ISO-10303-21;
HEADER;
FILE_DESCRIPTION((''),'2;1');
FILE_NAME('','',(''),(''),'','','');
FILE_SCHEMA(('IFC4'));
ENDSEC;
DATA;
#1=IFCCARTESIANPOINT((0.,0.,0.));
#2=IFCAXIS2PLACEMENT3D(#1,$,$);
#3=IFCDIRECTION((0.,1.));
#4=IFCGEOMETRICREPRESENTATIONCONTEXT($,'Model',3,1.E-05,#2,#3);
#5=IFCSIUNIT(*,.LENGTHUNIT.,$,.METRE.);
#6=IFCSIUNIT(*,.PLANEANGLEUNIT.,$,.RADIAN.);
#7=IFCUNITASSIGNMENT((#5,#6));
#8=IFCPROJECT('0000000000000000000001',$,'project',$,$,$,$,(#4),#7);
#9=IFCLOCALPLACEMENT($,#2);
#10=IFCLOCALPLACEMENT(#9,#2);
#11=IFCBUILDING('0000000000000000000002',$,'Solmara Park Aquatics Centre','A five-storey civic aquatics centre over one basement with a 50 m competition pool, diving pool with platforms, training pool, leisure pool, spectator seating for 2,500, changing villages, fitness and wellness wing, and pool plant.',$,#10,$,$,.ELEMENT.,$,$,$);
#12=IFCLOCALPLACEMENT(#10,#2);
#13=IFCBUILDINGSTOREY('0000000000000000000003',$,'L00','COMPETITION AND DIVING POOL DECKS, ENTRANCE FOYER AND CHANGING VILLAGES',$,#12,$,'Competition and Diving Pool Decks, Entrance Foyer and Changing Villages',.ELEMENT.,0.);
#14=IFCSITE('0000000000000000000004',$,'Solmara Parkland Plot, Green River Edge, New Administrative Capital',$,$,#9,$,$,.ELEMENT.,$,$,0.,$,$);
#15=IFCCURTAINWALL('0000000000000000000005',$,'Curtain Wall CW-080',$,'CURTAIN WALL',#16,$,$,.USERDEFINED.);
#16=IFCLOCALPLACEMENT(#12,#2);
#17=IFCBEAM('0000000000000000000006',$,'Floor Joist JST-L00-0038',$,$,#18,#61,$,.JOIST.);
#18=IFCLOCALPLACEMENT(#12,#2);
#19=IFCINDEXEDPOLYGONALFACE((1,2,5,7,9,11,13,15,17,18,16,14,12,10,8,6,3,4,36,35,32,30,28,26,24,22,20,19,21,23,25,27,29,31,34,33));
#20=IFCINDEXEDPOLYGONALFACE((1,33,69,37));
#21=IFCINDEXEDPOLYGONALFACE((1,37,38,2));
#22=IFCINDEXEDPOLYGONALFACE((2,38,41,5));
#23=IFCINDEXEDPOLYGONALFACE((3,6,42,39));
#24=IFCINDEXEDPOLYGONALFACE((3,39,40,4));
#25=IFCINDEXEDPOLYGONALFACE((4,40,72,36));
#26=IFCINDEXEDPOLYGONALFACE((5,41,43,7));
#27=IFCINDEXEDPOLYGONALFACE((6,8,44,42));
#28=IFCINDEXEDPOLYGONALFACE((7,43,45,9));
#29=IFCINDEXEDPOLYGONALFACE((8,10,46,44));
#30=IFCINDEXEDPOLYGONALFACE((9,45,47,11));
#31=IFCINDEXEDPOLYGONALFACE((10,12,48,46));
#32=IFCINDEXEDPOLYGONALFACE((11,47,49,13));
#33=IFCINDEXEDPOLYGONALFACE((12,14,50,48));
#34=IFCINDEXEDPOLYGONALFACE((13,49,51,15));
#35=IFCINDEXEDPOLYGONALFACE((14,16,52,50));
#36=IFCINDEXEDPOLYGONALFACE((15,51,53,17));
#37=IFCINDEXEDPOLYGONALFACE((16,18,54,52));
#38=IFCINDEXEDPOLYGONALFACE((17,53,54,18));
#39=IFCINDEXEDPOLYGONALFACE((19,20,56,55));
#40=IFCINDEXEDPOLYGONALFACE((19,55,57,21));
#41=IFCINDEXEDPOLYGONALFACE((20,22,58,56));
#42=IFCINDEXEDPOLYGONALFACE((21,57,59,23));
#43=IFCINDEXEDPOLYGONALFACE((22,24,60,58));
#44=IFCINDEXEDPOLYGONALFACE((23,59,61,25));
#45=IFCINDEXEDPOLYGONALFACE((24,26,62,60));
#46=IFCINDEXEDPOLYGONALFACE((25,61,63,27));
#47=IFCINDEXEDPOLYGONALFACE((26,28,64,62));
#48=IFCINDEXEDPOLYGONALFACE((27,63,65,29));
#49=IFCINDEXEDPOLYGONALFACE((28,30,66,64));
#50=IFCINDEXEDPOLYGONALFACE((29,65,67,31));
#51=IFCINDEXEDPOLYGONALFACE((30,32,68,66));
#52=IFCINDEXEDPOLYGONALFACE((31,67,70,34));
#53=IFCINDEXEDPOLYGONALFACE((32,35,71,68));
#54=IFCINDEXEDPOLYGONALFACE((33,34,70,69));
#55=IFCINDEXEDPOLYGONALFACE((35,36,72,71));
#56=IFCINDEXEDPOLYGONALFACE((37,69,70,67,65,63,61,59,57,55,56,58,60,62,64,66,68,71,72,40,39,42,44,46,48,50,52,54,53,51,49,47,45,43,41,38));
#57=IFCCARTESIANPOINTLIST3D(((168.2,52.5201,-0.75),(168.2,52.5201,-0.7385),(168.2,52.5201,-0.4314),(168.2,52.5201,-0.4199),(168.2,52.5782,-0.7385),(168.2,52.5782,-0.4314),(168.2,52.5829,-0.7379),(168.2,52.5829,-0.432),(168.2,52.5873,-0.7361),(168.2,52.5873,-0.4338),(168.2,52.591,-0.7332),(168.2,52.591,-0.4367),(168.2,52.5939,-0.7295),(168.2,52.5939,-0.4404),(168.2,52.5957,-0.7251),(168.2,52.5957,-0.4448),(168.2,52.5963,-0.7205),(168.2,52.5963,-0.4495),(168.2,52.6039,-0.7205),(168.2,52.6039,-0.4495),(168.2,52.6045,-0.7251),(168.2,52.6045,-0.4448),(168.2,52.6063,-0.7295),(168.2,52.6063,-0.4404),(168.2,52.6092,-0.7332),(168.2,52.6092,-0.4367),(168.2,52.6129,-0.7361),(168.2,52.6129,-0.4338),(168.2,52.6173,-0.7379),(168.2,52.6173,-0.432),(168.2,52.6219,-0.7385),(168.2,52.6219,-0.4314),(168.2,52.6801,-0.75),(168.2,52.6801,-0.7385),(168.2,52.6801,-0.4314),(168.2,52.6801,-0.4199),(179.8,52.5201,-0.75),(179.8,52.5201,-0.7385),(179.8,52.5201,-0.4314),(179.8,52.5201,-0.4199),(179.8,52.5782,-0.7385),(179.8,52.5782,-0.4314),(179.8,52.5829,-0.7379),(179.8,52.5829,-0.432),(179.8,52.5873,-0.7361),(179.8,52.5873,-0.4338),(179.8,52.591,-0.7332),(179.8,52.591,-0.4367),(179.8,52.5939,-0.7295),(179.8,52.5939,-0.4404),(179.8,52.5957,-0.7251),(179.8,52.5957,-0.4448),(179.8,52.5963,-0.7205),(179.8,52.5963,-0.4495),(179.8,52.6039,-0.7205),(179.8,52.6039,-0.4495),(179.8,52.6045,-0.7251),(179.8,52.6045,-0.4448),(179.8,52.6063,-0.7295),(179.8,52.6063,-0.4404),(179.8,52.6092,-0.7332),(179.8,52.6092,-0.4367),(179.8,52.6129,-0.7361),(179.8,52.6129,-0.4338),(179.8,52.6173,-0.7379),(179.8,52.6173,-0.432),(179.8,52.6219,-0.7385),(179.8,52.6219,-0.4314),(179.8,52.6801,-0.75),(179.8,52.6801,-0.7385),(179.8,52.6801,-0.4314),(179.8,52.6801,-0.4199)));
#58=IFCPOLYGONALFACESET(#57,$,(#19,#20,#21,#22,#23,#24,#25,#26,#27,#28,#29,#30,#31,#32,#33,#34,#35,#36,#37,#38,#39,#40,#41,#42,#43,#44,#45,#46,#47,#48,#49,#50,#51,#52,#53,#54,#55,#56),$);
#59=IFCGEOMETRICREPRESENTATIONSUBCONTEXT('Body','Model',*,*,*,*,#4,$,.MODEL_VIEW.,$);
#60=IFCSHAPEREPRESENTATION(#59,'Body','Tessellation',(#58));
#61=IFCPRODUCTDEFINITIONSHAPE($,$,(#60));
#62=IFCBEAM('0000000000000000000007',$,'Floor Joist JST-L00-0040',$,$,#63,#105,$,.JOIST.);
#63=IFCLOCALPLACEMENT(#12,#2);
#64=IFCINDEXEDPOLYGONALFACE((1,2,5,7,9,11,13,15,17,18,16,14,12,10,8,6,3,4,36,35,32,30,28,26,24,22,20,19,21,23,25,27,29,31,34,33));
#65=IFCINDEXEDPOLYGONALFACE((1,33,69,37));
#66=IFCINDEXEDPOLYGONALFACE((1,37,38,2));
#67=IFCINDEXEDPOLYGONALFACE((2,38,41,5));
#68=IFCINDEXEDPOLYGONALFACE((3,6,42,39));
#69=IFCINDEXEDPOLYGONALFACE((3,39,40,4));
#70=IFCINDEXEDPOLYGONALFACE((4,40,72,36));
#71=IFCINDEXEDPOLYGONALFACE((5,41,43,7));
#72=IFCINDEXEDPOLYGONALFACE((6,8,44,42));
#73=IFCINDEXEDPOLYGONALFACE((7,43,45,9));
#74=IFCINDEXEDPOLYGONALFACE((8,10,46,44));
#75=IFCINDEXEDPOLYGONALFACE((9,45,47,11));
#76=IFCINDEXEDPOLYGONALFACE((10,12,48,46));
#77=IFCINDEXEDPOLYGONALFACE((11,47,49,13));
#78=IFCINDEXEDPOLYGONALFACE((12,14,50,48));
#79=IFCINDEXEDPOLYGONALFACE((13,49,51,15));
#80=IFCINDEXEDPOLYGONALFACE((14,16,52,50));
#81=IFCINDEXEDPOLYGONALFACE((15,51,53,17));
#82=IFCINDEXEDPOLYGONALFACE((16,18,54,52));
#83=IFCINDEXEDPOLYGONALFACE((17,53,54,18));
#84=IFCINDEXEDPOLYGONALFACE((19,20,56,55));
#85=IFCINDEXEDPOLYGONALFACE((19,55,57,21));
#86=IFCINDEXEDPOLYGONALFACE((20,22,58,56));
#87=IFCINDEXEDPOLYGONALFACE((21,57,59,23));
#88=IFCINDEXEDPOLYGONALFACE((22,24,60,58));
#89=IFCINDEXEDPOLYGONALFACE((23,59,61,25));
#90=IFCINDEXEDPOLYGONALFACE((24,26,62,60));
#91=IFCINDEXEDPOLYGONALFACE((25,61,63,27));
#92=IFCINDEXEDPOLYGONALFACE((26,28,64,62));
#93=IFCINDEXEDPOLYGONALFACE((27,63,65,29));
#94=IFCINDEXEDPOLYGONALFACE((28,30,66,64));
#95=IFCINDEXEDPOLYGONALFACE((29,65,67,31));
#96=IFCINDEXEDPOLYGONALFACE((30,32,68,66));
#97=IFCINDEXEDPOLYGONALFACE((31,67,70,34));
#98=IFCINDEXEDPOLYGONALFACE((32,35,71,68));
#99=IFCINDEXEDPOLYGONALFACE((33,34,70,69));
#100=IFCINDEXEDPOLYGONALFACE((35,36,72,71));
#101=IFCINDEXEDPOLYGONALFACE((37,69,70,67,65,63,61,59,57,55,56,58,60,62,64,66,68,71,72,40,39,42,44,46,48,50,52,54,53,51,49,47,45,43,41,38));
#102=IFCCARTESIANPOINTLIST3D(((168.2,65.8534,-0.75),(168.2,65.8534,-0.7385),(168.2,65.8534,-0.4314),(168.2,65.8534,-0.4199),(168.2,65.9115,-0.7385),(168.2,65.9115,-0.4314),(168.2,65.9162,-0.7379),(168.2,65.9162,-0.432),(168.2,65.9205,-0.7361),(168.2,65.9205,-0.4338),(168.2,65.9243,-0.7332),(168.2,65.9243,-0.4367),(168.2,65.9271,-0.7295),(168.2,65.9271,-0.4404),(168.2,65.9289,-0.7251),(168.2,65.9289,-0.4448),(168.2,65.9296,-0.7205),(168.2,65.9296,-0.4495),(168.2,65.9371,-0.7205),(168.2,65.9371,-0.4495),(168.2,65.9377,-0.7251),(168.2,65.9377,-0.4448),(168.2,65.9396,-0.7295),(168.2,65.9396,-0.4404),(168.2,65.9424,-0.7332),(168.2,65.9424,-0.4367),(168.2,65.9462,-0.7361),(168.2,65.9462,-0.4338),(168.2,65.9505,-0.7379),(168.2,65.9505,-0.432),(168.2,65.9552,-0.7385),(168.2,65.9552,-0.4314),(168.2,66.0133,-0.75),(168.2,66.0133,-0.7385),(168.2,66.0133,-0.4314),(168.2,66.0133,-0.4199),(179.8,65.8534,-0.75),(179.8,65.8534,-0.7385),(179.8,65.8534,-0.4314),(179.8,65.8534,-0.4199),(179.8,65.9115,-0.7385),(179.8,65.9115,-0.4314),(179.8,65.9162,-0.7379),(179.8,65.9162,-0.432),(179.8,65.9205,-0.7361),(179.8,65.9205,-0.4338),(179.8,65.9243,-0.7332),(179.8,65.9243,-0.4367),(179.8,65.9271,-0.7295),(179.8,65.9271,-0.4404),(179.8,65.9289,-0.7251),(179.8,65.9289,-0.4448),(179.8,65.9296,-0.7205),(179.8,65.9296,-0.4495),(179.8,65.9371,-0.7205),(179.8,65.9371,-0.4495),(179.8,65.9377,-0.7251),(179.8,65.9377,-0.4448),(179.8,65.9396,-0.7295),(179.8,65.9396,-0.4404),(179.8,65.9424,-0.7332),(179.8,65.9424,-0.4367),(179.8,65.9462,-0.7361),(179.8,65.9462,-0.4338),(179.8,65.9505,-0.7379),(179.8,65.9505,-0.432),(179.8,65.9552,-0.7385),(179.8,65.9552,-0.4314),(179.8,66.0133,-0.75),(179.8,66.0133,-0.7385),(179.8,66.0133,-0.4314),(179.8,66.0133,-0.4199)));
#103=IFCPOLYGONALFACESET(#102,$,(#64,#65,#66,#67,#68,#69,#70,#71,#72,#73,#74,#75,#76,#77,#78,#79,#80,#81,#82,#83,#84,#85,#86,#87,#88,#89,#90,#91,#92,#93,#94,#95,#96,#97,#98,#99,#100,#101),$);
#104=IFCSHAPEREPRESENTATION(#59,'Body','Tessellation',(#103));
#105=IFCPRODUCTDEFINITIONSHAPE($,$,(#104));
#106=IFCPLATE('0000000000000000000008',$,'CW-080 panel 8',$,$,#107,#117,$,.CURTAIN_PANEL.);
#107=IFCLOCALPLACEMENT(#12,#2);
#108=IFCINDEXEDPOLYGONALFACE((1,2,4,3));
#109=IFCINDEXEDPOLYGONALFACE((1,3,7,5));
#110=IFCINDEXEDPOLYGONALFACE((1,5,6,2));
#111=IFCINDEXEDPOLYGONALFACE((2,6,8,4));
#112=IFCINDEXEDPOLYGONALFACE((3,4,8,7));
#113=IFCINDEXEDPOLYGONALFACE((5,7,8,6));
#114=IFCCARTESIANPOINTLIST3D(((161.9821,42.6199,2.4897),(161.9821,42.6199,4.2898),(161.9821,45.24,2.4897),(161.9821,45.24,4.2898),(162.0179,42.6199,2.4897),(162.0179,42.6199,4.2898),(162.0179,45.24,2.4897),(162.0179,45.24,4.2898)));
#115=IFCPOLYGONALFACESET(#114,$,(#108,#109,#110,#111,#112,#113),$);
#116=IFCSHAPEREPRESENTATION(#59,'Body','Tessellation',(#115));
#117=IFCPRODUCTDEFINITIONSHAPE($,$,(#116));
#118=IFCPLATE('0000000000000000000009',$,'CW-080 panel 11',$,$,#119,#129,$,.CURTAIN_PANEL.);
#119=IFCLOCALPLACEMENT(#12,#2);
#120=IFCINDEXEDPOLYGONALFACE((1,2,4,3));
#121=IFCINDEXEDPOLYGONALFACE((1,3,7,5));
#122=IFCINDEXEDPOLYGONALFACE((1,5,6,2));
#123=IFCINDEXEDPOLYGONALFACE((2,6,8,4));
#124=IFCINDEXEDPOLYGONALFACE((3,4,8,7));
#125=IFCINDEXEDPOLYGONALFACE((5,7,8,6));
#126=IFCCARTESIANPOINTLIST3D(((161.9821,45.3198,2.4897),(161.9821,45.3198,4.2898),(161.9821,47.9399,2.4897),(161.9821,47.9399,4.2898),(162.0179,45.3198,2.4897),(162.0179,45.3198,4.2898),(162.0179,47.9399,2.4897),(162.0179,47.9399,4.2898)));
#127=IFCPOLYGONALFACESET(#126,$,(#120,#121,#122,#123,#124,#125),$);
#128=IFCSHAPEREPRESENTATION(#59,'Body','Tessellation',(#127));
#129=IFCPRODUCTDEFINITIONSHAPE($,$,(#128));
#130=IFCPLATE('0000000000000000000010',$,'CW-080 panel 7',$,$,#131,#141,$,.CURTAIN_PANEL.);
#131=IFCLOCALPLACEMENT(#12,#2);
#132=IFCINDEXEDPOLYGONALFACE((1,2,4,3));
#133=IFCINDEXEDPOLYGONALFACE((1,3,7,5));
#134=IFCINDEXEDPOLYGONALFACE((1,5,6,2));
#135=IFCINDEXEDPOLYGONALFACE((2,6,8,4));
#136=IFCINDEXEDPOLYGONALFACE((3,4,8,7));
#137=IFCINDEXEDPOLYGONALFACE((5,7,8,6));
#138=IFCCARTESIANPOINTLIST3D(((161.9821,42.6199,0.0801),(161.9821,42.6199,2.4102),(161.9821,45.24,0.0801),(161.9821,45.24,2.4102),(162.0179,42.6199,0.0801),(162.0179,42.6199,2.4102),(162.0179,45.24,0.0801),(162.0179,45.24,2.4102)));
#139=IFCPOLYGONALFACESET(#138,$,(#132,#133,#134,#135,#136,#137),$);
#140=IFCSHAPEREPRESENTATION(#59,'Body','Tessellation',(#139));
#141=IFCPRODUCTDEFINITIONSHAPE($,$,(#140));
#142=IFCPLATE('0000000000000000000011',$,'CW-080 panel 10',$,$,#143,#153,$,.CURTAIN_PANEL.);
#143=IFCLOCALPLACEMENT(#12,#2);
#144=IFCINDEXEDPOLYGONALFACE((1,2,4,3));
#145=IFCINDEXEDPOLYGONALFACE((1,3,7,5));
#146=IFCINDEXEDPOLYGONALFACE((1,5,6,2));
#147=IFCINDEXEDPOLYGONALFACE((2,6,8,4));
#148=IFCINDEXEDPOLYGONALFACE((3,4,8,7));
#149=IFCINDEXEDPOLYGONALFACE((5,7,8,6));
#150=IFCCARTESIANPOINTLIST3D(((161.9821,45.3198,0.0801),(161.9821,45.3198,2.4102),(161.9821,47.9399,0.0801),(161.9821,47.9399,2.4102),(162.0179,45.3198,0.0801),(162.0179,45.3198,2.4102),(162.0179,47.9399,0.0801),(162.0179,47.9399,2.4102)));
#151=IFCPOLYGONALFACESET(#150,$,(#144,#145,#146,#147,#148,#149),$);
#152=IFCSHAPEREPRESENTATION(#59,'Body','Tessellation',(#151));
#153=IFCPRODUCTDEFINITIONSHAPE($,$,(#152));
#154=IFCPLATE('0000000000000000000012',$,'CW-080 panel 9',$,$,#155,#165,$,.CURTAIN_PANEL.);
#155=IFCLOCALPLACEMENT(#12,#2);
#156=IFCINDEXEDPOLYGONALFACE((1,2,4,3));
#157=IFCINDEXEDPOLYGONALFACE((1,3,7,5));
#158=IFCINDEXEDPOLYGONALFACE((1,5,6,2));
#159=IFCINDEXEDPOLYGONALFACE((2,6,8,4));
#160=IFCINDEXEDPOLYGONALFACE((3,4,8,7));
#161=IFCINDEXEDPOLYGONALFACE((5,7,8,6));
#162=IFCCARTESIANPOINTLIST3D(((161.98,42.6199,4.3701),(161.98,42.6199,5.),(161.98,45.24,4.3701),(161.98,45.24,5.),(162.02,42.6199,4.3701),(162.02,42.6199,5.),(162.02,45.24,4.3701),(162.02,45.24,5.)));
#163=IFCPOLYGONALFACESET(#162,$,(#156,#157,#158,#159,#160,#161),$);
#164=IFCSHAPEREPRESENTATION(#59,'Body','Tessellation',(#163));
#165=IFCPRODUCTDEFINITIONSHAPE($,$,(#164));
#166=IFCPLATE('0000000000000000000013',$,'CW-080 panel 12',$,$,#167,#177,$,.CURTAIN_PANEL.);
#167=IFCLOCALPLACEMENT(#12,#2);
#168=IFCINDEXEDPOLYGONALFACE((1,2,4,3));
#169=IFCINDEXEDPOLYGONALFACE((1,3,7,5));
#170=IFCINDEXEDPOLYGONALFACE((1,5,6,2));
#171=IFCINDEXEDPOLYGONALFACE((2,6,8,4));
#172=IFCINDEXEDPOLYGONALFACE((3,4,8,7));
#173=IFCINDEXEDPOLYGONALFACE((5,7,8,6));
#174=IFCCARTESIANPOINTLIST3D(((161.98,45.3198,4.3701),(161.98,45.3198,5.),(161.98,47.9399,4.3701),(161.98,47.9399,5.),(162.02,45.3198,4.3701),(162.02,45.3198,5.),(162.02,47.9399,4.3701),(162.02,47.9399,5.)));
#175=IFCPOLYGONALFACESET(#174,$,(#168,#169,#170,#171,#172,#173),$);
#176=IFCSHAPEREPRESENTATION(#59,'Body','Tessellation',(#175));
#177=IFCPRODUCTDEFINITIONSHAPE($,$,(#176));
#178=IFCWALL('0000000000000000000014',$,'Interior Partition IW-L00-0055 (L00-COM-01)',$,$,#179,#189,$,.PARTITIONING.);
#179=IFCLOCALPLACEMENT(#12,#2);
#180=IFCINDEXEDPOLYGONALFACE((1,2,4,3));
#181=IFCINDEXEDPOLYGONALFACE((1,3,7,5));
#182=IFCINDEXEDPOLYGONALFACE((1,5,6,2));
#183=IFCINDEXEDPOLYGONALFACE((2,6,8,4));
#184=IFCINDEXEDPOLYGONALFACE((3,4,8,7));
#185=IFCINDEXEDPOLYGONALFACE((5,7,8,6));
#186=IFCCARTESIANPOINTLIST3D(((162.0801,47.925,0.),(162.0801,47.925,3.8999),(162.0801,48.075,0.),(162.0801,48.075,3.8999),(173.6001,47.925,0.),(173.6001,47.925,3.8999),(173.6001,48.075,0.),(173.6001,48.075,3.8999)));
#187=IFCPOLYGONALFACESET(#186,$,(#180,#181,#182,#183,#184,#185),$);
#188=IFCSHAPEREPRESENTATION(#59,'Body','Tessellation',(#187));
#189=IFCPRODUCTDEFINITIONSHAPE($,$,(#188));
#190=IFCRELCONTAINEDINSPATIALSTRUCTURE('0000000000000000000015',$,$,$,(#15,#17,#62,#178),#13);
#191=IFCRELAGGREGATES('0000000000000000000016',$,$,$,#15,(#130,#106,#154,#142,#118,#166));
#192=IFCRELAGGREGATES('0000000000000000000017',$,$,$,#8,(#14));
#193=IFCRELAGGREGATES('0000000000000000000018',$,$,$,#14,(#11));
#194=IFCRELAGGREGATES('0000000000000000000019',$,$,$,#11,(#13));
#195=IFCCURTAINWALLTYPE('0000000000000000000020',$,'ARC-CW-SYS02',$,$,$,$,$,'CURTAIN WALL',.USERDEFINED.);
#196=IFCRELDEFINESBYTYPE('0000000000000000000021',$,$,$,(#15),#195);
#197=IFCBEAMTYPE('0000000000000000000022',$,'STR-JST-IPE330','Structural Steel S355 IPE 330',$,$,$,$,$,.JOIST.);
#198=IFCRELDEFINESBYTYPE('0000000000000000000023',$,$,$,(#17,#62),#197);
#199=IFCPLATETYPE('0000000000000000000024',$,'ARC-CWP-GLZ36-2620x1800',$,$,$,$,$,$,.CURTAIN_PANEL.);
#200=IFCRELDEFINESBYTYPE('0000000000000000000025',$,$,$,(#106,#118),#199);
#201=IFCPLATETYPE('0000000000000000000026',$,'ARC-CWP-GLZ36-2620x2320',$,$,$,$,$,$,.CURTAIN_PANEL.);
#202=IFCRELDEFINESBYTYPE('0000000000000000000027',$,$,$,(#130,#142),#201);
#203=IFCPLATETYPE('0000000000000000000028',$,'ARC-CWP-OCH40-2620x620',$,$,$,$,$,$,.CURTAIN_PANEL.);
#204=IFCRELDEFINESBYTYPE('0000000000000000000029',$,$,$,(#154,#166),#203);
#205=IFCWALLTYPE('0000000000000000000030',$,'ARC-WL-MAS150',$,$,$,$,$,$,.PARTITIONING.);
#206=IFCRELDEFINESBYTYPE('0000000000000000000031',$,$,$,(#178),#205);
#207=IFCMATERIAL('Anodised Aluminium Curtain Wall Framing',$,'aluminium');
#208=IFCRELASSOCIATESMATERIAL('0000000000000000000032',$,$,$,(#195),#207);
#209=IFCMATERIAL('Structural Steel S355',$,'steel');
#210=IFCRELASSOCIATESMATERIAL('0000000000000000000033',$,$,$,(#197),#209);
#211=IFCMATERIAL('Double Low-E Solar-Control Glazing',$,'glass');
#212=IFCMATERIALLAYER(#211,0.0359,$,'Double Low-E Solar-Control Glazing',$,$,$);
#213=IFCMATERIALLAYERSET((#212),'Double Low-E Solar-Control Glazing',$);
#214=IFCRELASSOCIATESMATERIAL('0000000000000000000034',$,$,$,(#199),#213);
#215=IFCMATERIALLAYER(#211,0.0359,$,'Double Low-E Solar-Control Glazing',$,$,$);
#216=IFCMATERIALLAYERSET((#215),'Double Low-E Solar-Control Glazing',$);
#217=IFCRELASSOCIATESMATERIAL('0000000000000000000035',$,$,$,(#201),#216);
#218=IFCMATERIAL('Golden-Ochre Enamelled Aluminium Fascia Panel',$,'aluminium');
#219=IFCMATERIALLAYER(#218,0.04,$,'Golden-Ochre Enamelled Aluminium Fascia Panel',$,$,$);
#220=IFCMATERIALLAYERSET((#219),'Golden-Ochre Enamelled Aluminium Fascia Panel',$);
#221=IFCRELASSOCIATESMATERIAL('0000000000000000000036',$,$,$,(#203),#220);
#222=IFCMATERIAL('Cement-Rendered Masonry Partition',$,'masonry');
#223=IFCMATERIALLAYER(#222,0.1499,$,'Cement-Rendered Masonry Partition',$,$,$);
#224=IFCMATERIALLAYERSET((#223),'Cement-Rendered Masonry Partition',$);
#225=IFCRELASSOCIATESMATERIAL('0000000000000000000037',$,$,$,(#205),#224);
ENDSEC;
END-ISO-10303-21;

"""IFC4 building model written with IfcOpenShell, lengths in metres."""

from ifc_helpers import new_model, si_unit, direction, frame, frame_2d, origin, origin_2d, place, context, subcontext, project, spatial, rectangle, i_section, extrude, material, layer, layer_set, material_profile, profile_set, type_object, element, aggregate, save


model = new_model("IFC4")

# Units and contexts
model_context = context("Model", 3, precision=1e-05, world=origin(), true_north=direction((0.0, 1.0)))
body_context = subcontext(model_context, "Body", "Model", "MODEL_VIEW")
ifc_project = project(units=[si_unit("LENGTHUNIT", "METRE"), si_unit("PLANEANGLEUNIT", "RADIAN")], contexts=[model_context])

# Site, building, storey
site_placement = place(None, origin())
site = spatial("IfcSite", under=ifc_project, at=site_placement, Name="Solmara Parkland Plot, Green River Edge, New Administrative Capital", CompositionType="ELEMENT", RefElevation=0.0)
building_placement = place(site_placement, origin())
building = spatial("IfcBuilding", under=site, at=building_placement, Name="Solmara Park Aquatics Centre", Description="A five-storey civic aquatics centre over one basement with a 50 m competition pool, diving pool with platforms, training pool, leisure pool, spectator seating for 2,500, changing villages, fitness and wellness wing, and pool plant.", CompositionType="ELEMENT")
storey_placement = place(building_placement, origin())
storey = spatial("IfcBuildingStorey", under=building, at=storey_placement, Name="L00", Description="COMPETITION AND DIVING POOL DECKS, ENTRANCE FOYER AND CHANGING VILLAGES", LongName="Competition and Diving Pool Decks, Entrance Foyer and Changing Villages", CompositionType="ELEMENT", Elevation=0.0)

# Curtain wall
ifc_material_1 = material(Name="Anodised Aluminium Curtain Wall Framing", Category="aluminium")
curtain_wall_type = type_object("IfcCurtainWallType", Name="ARC-CW-SYS02", ElementType="CURTAIN WALL", PredefinedType="USERDEFINED", material=ifc_material_1)
curtain_wall_placement = place(storey_placement, origin())
curtain_wall = element("IfcCurtainWall", 1, at=curtain_wall_placement, inside=storey, type_object=curtain_wall_type, Name="Curtain Wall CW-080", ObjectType="CURTAIN WALL", PredefinedType="USERDEFINED")

# Beams
ifc_material_2 = material(Name="Structural Steel S355", Category="steel")
ifc_material_profile_1 = material_profile(ifc_material_2, i_section(OverallWidth=0.1599, OverallDepth=0.3301, WebThickness=0.0076, FlangeThickness=0.0115, FilletRadius=0.0181, at=origin_2d()), Name="IPE 330")
ifc_profile_set_1 = profile_set([ifc_material_profile_1], Name="Structural Steel S355")
beam_type_1 = type_object("IfcBeamType", Name="STR-JST-IPE330", Description="Structural Steel S355 IPE 330", PredefinedType="JOIST", material=ifc_profile_set_1)
for number, where, z_axis, x_axis, name in (
    (2, (168.2, 52.6001, -0.585), (1.0, 0.0, 0.0), (0.0, 1.0, 0.0), "Floor Joist JST-L00-0038"),
    (3, (168.2, 65.9333, -0.585), (1.0, 0.0, 0.0), (0.0, 1.0, 0.0), "Floor Joist JST-L00-0040"),
):
    element("IfcBeam", number, at=place(storey_placement, frame(where, z_axis=z_axis, x_axis=x_axis)), inside=storey, type_object=beam_type_1, Name=name, PredefinedType="JOIST", context=body_context, shape_type="SweptSolid", body=[
        extrude(i_section(OverallWidth=0.1599, OverallDepth=0.3301, WebThickness=0.0076, FlangeThickness=0.0115, FilletRadius=0.0181, at=origin_2d()), origin(), (0.0, 0.0, 1.0), 11.6001),
    ])

# Plates
ifc_material_3 = material(Name="Double Low-E Solar-Control Glazing", Category="glass")
ifc_layer_1 = layer(ifc_material_3, 0.0359, Name="Double Low-E Solar-Control Glazing")
ifc_layer_set_1 = layer_set([ifc_layer_1], Name="Double Low-E Solar-Control Glazing")
plate_type_1 = type_object("IfcPlateType", Name="ARC-CWP-GLZ36-2620x1800", PredefinedType="CURTAIN_PANEL", material=ifc_layer_set_1)
plate_1_placement = place(storey_placement, frame((162.0, 43.9299, 2.4897), z_axis=(0.0, 0.0, 1.0), x_axis=(0.0, 1.0, 0.0)))
plate_1 = element("IfcPlate", 4, at=plate_1_placement, type_object=plate_type_1, Name="CW-080 panel 8", PredefinedType="CURTAIN_PANEL", context=body_context, shape_type="SweptSolid", body=[
    extrude(rectangle(XDim=2.6201, YDim=0.0359, at=origin_2d()), origin(), (0.0, 0.0, 1.0), 1.8),
])
plate_2_placement = place(storey_placement, frame((162.0, 46.6299, 2.4897), z_axis=(0.0, 0.0, 1.0), x_axis=(0.0, 1.0, 0.0)))
plate_2 = element("IfcPlate", 5, at=plate_2_placement, type_object=plate_type_1, Name="CW-080 panel 11", PredefinedType="CURTAIN_PANEL", context=body_context, shape_type="SweptSolid", body=[
    extrude(rectangle(XDim=2.6201, YDim=0.0359, at=origin_2d()), origin(), (0.0, 0.0, 1.0), 1.8),
])
ifc_layer_2 = layer(ifc_material_3, 0.0359, Name="Double Low-E Solar-Control Glazing")
ifc_layer_set_2 = layer_set([ifc_layer_2], Name="Double Low-E Solar-Control Glazing")
plate_type_2 = type_object("IfcPlateType", Name="ARC-CWP-GLZ36-2620x2320", PredefinedType="CURTAIN_PANEL", material=ifc_layer_set_2)
plate_3_placement = place(storey_placement, frame((162.0, 43.9299, 0.0801), z_axis=(0.0, 0.0, 1.0), x_axis=(0.0, 1.0, 0.0)))
plate_3 = element("IfcPlate", 6, at=plate_3_placement, type_object=plate_type_2, Name="CW-080 panel 7", PredefinedType="CURTAIN_PANEL", context=body_context, shape_type="SweptSolid", body=[
    extrude(rectangle(XDim=2.6201, YDim=0.0359, at=origin_2d()), origin(), (0.0, 0.0, 1.0), 2.3301),
])
plate_4_placement = place(storey_placement, frame((162.0, 46.6299, 0.0801), z_axis=(0.0, 0.0, 1.0), x_axis=(0.0, 1.0, 0.0)))
plate_4 = element("IfcPlate", 7, at=plate_4_placement, type_object=plate_type_2, Name="CW-080 panel 10", PredefinedType="CURTAIN_PANEL", context=body_context, shape_type="SweptSolid", body=[
    extrude(rectangle(XDim=2.6201, YDim=0.0359, at=origin_2d()), origin(), (0.0, 0.0, 1.0), 2.3301),
])
ifc_material_4 = material(Name="Golden-Ochre Enamelled Aluminium Fascia Panel", Category="aluminium")
ifc_layer_3 = layer(ifc_material_4, 0.04, Name="Golden-Ochre Enamelled Aluminium Fascia Panel")
ifc_layer_set_3 = layer_set([ifc_layer_3], Name="Golden-Ochre Enamelled Aluminium Fascia Panel")
plate_type_3 = type_object("IfcPlateType", Name="ARC-CWP-OCH40-2620x620", PredefinedType="CURTAIN_PANEL", material=ifc_layer_set_3)
plate_5_placement = place(storey_placement, frame((162.0, 43.9299, 4.3701), z_axis=(0.0, 0.0, 1.0), x_axis=(0.0, 1.0, 0.0)))
plate_5 = element("IfcPlate", 8, at=plate_5_placement, type_object=plate_type_3, Name="CW-080 panel 9", PredefinedType="CURTAIN_PANEL", context=body_context, shape_type="SweptSolid", body=[
    extrude(rectangle(XDim=2.6201, YDim=0.04, at=origin_2d()), origin(), (0.0, 0.0, 1.0), 0.6299),
])
plate_6_placement = place(storey_placement, frame((162.0, 46.6299, 4.3701), z_axis=(0.0, 0.0, 1.0), x_axis=(0.0, 1.0, 0.0)))
plate_6 = element("IfcPlate", 9, at=plate_6_placement, type_object=plate_type_3, Name="CW-080 panel 12", PredefinedType="CURTAIN_PANEL", context=body_context, shape_type="SweptSolid", body=[
    extrude(rectangle(XDim=2.6201, YDim=0.04, at=origin_2d()), origin(), (0.0, 0.0, 1.0), 0.6299),
])
aggregate(curtain_wall, [plate_3, plate_1, plate_5, plate_4, plate_2, plate_6])

# Wall
ifc_material_5 = material(Name="Cement-Rendered Masonry Partition", Category="masonry")
ifc_layer_4 = layer(ifc_material_5, 0.1499, Name="Cement-Rendered Masonry Partition")
ifc_layer_set_4 = layer_set([ifc_layer_4], Name="Cement-Rendered Masonry Partition")
wall_type_1 = type_object("IfcWallType", Name="ARC-WL-MAS150", PredefinedType="PARTITIONING", material=ifc_layer_set_4)
wall_1_placement = place(storey_placement, frame((162.0801, 48.0, 0.0), z_axis=(0.0, 0.0, 1.0), x_axis=(1.0, 0.0, 0.0)))
element("IfcWall", 10, at=wall_1_placement, inside=storey, type_object=wall_type_1, Name="Interior Partition IW-L00-0055 (L00-COM-01)", PredefinedType="PARTITIONING", context=body_context, shape_type="SweptSolid", body=[
    extrude(rectangle(XDim=11.52, YDim=0.1499, at=frame_2d((5.76, 0.0))), origin(), (0.0, 0.0, 1.0), 3.8999),
])

save(model, "model.ifc")
